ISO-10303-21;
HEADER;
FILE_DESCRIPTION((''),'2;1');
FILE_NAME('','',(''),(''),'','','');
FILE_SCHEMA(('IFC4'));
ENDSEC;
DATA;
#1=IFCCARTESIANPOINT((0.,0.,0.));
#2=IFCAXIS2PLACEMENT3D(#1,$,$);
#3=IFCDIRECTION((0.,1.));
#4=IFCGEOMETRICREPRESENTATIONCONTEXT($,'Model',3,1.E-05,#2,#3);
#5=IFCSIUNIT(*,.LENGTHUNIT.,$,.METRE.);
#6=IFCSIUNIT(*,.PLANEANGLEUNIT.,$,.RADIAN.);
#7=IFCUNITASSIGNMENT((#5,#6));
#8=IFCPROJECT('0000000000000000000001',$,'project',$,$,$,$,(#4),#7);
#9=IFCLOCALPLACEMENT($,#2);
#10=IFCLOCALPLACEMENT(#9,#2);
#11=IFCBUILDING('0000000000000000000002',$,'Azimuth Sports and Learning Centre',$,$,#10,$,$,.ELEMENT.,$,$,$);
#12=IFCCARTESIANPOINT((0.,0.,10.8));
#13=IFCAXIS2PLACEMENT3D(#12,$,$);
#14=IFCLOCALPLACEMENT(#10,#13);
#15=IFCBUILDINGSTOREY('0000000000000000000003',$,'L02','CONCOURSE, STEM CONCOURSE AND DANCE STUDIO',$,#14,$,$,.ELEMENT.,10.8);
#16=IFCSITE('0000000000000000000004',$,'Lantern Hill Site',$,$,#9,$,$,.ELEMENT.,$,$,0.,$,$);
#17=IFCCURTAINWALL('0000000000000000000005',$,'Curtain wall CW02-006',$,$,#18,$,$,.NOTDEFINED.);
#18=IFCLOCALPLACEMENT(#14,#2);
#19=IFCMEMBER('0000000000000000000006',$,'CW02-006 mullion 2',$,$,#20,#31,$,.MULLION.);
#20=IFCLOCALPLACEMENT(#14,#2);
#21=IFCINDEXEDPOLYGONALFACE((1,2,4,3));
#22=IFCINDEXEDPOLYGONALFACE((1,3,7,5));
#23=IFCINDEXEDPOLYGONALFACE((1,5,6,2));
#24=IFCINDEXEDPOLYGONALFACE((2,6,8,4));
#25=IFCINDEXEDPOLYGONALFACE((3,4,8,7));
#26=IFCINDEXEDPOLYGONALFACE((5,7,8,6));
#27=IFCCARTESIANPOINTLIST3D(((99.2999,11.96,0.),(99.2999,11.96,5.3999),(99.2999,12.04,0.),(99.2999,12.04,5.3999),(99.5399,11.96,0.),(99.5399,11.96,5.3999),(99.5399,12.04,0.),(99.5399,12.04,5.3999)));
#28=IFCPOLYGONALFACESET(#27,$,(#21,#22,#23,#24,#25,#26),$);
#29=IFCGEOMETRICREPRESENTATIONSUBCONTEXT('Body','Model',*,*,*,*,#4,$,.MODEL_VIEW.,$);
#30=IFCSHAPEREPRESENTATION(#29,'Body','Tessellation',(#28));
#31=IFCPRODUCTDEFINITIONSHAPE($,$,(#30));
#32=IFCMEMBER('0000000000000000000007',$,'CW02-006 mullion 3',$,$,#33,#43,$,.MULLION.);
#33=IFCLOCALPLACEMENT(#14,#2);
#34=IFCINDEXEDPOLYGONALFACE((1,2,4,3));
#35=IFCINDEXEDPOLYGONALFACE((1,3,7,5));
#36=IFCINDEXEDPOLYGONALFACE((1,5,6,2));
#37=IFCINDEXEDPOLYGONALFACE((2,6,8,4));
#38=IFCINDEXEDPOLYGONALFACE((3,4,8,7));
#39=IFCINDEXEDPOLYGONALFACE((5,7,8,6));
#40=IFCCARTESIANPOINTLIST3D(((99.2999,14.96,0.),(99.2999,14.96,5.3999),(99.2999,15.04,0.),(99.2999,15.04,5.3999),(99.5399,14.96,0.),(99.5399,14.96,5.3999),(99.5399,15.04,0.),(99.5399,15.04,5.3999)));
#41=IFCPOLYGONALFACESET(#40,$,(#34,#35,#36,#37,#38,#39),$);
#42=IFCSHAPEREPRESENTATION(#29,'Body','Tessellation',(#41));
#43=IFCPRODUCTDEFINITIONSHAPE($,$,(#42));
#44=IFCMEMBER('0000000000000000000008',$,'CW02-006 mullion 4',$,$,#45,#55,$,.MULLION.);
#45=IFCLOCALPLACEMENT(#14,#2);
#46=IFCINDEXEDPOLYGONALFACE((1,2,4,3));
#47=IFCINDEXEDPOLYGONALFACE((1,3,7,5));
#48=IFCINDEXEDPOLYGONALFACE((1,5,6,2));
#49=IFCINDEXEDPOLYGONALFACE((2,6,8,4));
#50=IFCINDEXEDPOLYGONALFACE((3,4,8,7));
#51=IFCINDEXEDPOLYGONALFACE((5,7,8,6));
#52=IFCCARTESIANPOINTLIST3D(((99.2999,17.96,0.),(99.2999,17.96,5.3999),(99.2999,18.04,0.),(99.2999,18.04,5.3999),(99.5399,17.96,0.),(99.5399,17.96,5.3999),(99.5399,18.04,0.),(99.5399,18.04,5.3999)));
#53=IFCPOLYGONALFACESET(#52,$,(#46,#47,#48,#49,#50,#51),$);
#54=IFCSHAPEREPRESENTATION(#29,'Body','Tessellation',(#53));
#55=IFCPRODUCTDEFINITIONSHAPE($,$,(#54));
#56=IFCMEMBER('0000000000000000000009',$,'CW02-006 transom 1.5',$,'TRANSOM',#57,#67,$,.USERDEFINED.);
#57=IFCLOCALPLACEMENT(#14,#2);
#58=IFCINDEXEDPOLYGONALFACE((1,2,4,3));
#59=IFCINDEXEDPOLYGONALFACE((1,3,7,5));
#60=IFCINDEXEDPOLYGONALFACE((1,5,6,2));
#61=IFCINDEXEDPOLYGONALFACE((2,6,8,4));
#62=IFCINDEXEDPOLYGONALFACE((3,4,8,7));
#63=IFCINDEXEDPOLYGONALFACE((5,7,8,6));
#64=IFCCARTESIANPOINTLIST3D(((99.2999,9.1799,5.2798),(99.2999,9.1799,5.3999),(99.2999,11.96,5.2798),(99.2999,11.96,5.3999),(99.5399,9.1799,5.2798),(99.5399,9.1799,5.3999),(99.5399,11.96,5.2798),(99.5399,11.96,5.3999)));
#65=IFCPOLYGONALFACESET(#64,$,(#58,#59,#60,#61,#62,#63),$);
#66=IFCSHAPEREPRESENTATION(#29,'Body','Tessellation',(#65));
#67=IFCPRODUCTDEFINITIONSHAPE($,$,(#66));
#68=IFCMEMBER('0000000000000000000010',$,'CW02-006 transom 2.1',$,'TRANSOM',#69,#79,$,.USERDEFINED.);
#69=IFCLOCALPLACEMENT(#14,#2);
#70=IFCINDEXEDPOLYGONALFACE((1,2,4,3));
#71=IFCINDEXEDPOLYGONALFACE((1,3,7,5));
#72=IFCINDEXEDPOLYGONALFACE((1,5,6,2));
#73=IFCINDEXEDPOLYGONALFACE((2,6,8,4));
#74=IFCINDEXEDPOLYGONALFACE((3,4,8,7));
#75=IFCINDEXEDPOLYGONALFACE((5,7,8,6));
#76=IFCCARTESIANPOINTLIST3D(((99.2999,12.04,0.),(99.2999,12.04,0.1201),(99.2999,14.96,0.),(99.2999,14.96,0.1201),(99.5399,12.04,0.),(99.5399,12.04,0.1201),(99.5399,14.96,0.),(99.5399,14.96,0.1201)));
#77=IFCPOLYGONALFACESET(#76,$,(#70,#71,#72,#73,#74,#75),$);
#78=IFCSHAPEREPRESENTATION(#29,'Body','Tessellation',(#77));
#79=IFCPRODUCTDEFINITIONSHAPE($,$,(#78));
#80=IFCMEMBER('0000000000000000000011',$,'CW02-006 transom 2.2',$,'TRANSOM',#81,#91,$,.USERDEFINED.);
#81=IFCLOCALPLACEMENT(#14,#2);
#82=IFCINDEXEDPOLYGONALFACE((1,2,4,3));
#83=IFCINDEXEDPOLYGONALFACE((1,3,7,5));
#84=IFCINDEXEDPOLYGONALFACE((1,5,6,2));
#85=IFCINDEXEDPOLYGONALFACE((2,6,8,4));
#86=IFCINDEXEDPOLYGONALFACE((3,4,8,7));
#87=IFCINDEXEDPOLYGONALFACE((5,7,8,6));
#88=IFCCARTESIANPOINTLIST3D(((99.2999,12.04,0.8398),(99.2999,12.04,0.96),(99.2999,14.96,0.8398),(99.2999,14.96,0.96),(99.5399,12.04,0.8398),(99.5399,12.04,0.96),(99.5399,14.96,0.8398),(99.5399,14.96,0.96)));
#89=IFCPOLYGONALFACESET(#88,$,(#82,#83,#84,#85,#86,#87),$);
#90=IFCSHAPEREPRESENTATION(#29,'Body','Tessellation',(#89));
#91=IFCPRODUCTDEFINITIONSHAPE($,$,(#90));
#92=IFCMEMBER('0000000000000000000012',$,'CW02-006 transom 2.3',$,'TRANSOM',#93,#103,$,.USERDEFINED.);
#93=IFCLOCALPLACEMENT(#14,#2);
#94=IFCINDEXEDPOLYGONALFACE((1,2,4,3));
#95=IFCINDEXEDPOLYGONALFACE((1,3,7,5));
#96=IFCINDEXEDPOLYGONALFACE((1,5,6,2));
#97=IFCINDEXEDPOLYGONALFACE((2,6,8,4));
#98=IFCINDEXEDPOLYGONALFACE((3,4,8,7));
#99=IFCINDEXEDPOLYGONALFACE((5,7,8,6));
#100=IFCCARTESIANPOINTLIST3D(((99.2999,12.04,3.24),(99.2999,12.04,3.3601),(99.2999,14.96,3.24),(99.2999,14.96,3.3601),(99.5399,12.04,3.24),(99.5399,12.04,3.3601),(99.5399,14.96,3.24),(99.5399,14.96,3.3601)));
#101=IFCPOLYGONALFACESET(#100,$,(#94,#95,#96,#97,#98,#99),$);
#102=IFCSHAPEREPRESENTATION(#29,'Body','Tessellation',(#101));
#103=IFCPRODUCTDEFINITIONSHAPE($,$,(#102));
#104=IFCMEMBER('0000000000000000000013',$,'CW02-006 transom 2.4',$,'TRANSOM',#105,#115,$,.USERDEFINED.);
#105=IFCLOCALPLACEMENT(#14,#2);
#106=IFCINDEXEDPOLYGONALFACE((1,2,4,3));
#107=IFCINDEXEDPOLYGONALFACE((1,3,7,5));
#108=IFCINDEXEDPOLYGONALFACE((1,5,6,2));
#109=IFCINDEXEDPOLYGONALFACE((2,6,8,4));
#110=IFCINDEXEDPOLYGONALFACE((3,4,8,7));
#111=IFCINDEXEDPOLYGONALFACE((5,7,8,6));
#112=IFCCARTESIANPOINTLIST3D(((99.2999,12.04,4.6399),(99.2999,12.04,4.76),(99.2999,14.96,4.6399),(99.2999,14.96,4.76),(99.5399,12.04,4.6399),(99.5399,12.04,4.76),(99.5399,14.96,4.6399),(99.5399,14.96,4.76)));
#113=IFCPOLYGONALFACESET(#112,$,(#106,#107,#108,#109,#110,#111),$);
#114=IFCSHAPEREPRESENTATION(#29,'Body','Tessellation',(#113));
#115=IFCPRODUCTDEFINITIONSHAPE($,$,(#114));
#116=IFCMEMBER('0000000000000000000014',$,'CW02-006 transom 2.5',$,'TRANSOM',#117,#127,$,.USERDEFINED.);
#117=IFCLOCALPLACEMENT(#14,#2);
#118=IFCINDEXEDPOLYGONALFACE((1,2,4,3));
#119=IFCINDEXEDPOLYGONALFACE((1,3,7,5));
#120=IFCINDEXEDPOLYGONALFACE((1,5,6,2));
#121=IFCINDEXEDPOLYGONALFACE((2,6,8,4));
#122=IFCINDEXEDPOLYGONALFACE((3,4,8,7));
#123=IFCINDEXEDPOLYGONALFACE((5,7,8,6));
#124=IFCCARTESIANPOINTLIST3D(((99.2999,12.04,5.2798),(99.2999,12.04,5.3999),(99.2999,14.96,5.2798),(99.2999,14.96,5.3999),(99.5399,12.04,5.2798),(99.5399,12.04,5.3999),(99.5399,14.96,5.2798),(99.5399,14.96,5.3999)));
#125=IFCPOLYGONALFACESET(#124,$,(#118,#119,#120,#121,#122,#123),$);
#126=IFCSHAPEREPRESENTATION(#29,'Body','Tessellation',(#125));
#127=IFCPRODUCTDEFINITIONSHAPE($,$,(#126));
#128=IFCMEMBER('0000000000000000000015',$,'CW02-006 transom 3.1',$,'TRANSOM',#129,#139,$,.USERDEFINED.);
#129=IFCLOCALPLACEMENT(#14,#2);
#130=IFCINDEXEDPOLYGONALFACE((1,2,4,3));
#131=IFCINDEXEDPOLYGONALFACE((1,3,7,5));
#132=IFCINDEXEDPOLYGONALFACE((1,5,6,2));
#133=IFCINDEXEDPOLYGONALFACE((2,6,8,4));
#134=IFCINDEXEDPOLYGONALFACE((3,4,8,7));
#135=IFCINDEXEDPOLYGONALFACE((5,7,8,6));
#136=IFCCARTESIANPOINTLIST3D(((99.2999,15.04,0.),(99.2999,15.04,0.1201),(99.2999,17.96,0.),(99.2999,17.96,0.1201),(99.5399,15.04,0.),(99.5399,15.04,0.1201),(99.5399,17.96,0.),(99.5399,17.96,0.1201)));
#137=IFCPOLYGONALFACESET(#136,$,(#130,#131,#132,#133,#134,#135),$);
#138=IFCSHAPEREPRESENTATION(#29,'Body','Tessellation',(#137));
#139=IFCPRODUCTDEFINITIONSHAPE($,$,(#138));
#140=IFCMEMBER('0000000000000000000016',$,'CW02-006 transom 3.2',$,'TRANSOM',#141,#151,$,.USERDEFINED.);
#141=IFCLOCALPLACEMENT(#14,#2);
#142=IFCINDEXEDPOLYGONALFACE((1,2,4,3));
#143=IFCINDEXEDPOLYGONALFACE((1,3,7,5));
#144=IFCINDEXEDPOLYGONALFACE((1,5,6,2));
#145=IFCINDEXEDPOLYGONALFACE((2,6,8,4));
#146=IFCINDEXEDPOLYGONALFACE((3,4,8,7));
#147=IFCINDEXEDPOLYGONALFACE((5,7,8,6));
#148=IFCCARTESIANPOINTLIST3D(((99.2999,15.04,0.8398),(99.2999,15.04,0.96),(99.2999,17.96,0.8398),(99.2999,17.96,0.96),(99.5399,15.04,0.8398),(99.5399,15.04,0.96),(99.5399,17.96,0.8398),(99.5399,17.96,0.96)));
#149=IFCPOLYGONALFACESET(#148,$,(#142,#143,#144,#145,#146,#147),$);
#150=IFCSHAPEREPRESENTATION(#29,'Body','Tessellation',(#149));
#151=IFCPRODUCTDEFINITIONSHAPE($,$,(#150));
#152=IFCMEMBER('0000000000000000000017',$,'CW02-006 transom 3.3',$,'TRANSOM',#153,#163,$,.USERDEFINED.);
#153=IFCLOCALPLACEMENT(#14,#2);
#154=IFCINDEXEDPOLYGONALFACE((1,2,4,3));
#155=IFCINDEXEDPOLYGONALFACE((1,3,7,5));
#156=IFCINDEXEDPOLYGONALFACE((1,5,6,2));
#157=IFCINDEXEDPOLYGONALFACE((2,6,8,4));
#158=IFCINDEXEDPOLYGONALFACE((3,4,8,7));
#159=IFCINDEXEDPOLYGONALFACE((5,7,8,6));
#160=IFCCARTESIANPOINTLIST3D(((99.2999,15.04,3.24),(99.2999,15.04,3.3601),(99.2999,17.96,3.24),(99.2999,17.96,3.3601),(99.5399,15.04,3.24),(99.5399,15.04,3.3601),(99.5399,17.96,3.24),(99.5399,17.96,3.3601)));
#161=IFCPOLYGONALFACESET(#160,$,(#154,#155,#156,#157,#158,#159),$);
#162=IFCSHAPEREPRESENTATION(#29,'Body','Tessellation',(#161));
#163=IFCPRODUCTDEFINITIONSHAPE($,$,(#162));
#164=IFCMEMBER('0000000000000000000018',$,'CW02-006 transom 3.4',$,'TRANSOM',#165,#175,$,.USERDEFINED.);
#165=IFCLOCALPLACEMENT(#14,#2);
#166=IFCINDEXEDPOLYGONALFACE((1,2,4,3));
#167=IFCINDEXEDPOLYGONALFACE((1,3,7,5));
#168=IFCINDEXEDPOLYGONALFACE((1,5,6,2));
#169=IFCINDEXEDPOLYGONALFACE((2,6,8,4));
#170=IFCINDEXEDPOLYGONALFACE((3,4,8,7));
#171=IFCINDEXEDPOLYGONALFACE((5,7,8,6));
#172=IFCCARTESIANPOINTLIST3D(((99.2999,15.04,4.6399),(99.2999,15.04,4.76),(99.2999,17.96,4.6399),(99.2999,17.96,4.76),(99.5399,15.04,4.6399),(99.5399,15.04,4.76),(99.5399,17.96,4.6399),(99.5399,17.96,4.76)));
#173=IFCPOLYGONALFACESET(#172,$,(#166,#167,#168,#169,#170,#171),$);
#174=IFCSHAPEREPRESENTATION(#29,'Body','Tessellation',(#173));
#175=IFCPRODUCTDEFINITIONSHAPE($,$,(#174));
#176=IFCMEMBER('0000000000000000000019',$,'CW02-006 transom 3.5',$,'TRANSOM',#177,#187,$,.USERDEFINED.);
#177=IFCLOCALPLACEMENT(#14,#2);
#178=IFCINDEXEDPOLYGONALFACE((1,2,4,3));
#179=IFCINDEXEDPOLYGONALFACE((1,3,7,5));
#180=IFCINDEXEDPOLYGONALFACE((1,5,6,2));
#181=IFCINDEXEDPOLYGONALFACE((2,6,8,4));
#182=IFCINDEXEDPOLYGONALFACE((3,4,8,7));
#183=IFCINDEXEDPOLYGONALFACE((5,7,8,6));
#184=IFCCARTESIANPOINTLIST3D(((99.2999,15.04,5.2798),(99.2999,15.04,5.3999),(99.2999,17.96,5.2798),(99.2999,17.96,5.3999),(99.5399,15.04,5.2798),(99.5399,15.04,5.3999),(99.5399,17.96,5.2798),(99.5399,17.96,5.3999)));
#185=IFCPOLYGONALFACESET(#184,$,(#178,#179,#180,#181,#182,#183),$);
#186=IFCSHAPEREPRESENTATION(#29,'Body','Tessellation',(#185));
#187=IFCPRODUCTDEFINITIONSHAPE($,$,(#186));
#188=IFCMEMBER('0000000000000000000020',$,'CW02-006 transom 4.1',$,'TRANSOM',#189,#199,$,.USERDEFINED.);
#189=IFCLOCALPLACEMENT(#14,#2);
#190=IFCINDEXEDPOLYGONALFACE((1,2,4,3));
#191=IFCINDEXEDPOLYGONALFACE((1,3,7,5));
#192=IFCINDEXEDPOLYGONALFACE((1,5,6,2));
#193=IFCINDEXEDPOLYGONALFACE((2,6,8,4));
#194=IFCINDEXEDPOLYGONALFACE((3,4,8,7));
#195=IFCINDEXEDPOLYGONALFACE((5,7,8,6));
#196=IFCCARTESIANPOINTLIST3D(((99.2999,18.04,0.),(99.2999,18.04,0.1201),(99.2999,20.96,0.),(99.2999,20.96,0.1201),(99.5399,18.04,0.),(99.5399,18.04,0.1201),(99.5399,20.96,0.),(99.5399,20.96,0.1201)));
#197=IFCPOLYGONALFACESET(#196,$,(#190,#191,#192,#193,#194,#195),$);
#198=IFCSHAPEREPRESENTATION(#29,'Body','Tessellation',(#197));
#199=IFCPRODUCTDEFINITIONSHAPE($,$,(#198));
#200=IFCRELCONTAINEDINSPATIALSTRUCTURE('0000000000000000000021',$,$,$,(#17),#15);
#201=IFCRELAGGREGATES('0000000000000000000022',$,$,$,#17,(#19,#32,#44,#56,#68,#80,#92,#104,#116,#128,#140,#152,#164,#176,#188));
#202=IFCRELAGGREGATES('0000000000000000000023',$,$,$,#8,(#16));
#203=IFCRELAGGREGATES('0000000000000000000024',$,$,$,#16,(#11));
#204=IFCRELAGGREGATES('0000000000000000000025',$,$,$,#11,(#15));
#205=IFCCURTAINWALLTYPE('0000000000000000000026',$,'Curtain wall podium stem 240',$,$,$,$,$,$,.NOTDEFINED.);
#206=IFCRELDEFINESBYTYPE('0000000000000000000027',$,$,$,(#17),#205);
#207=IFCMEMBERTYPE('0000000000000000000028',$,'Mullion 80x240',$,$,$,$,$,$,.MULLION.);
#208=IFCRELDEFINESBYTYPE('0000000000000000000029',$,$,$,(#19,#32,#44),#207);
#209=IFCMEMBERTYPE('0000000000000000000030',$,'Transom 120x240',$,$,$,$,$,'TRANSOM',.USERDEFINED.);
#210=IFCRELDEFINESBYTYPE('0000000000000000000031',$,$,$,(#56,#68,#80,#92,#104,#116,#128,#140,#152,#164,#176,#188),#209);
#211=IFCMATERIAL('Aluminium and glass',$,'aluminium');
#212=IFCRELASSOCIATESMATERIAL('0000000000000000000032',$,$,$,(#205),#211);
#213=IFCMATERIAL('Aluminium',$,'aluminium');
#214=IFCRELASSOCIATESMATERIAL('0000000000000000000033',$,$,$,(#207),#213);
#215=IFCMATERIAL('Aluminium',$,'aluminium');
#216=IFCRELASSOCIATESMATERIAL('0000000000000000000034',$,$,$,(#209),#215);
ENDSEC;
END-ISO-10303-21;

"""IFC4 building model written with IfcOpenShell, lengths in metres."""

from ifc_helpers import new_model, si_unit, direction, frame, origin, origin_2d, place, context, subcontext, project, spatial, rectangle, extrude, material, material_profile, profile_set, type_object, element, aggregate, save


model = new_model("IFC4")

# Units and contexts
model_context = context("Model", 3, precision=1e-05, world=origin(), true_north=direction((0.0, 1.0)))
body_context = subcontext(model_context, "Body", "Model", "MODEL_VIEW")
ifc_project = project(units=[si_unit("LENGTHUNIT", "METRE"), si_unit("PLANEANGLEUNIT", "RADIAN")], contexts=[model_context])

# Site, building, storey
site_placement = place(None, origin())
site = spatial("IfcSite", under=ifc_project, at=site_placement, Name="Lantern Hill Site", CompositionType="ELEMENT", RefElevation=0.0)
building_placement = place(site_placement, origin())
building = spatial("IfcBuilding", under=site, at=building_placement, Name="Azimuth Sports and Learning Centre", CompositionType="ELEMENT")
storey_placement = place(building_placement, frame((0.0, 0.0, 10.8)))
storey = spatial("IfcBuildingStorey", under=building, at=storey_placement, Name="L02", Description="CONCOURSE, STEM CONCOURSE AND DANCE STUDIO", CompositionType="ELEMENT", Elevation=10.8)

# Curtain wall, members
ifc_material_1 = material(Name="Aluminium and glass", Category="aluminium")
curtain_wall_type = type_object("IfcCurtainWallType", Name="Curtain wall podium stem 240", PredefinedType="NOTDEFINED", material=ifc_material_1)
curtain_wall_placement = place(storey_placement, origin())
curtain_wall = element("IfcCurtainWall", 1, at=curtain_wall_placement, inside=storey, type_object=curtain_wall_type, Name="Curtain wall CW02-006", PredefinedType="NOTDEFINED")
ifc_material_2 = material(Name="Aluminium", Category="aluminium")
ifc_material_profile_1 = material_profile(ifc_material_2, rectangle(XDim=0.24, YDim=0.0801, at=origin_2d()), Name="Mullion 80x240")
ifc_profile_set_1 = profile_set([ifc_material_profile_1], Name="Aluminium")
member_type_1 = type_object("IfcMemberType", Name="Mullion 80x240", PredefinedType="MULLION", material=ifc_profile_set_1)
member_1_placement = place(storey_placement, frame((99.4199, 12.0, 0.0), z_axis=(0.0, 0.0, 1.0), x_axis=(-1.0, 0.0, 0.0)))
member_1 = element("IfcMember", 2, at=member_1_placement, type_object=member_type_1, Name="CW02-006 mullion 2", PredefinedType="MULLION", context=body_context, shape_type="SweptSolid", body=[
    extrude(rectangle(XDim=0.24, YDim=0.0801, at=origin_2d()), origin(), (0.0, 0.0, 1.0), 5.3999),
])
member_2_placement = place(storey_placement, frame((99.4199, 15.0, 0.0), z_axis=(0.0, 0.0, 1.0), x_axis=(-1.0, 0.0, 0.0)))
member_2 = element("IfcMember", 3, at=member_2_placement, type_object=member_type_1, Name="CW02-006 mullion 3", PredefinedType="MULLION", context=body_context, shape_type="SweptSolid", body=[
    extrude(rectangle(XDim=0.24, YDim=0.0801, at=origin_2d()), origin(), (0.0, 0.0, 1.0), 5.3999),
])
member_3_placement = place(storey_placement, frame((99.4199, 18.0, 0.0), z_axis=(0.0, 0.0, 1.0), x_axis=(-1.0, 0.0, 0.0)))
member_3 = element("IfcMember", 4, at=member_3_placement, type_object=member_type_1, Name="CW02-006 mullion 4", PredefinedType="MULLION", context=body_context, shape_type="SweptSolid", body=[
    extrude(rectangle(XDim=0.24, YDim=0.0801, at=origin_2d()), origin(), (0.0, 0.0, 1.0), 5.3999),
])
ifc_material_3 = material(Name="Aluminium", Category="aluminium")
ifc_material_profile_2 = material_profile(ifc_material_3, rectangle(XDim=0.24, YDim=0.1201, at=origin_2d()), Name="Transom 120x240")
ifc_profile_set_2 = profile_set([ifc_material_profile_2], Name="Aluminium")
member_type_2 = type_object("IfcMemberType", Name="Transom 120x240", ElementType="TRANSOM", PredefinedType="USERDEFINED", material=ifc_profile_set_2)
member_4_placement = place(storey_placement, frame((99.4199, 9.1799, 5.3398), z_axis=(0.0, 1.0, 0.0), x_axis=(-1.0, 0.0, 0.0)))
member_4 = element("IfcMember", 5, at=member_4_placement, type_object=member_type_2, Name="CW02-006 transom 1.5", ObjectType="TRANSOM", PredefinedType="USERDEFINED", context=body_context, shape_type="SweptSolid", body=[
    extrude(rectangle(XDim=0.24, YDim=0.1201, at=origin_2d()), origin(), (0.0, 0.0, 1.0), 2.78),
])
member_5_placement = place(storey_placement, frame((99.4199, 12.04, 0.0601), z_axis=(0.0, 1.0, 0.0), x_axis=(-1.0, 0.0, 0.0)))
member_5 = element("IfcMember", 6, at=member_5_placement, type_object=member_type_2, Name="CW02-006 transom 2.1", ObjectType="TRANSOM", PredefinedType="USERDEFINED", context=body_context, shape_type="SweptSolid", body=[
    extrude(rectangle(XDim=0.24, YDim=0.1201, at=origin_2d()), origin(), (0.0, 0.0, 1.0), 2.9199),
])
member_6_placement = place(storey_placement, frame((99.4199, 12.04, 0.8999), z_axis=(0.0, 1.0, 0.0), x_axis=(-1.0, 0.0, 0.0)))
member_6 = element("IfcMember", 7, at=member_6_placement, type_object=member_type_2, Name="CW02-006 transom 2.2", ObjectType="TRANSOM", PredefinedType="USERDEFINED", context=body_context, shape_type="SweptSolid", body=[
    extrude(rectangle(XDim=0.24, YDim=0.1201, at=origin_2d()), origin(), (0.0, 0.0, 1.0), 2.9199),
])
member_7_placement = place(storey_placement, frame((99.4199, 12.04, 3.3), z_axis=(0.0, 1.0, 0.0), x_axis=(-1.0, 0.0, 0.0)))
member_7 = element("IfcMember", 8, at=member_7_placement, type_object=member_type_2, Name="CW02-006 transom 2.3", ObjectType="TRANSOM", PredefinedType="USERDEFINED", context=body_context, shape_type="SweptSolid", body=[
    extrude(rectangle(XDim=0.24, YDim=0.1201, at=origin_2d()), origin(), (0.0, 0.0, 1.0), 2.9199),
])
member_8_placement = place(storey_placement, frame((99.4199, 12.04, 4.7), z_axis=(0.0, 1.0, 0.0), x_axis=(-1.0, 0.0, 0.0)))
member_8 = element("IfcMember", 9, at=member_8_placement, type_object=member_type_2, Name="CW02-006 transom 2.4", ObjectType="TRANSOM", PredefinedType="USERDEFINED", context=body_context, shape_type="SweptSolid", body=[
    extrude(rectangle(XDim=0.24, YDim=0.1201, at=origin_2d()), origin(), (0.0, 0.0, 1.0), 2.9199),
])
member_9_placement = place(storey_placement, frame((99.4199, 12.04, 5.3398), z_axis=(0.0, 1.0, 0.0), x_axis=(-1.0, 0.0, 0.0)))
member_9 = element("IfcMember", 10, at=member_9_placement, type_object=member_type_2, Name="CW02-006 transom 2.5", ObjectType="TRANSOM", PredefinedType="USERDEFINED", context=body_context, shape_type="SweptSolid", body=[
    extrude(rectangle(XDim=0.24, YDim=0.1201, at=origin_2d()), origin(), (0.0, 0.0, 1.0), 2.9199),
])
member_10_placement = place(storey_placement, frame((99.4199, 15.04, 0.0601), z_axis=(0.0, 1.0, 0.0), x_axis=(-1.0, 0.0, 0.0)))
member_10 = element("IfcMember", 11, at=member_10_placement, type_object=member_type_2, Name="CW02-006 transom 3.1", ObjectType="TRANSOM", PredefinedType="USERDEFINED", context=body_context, shape_type="SweptSolid", body=[
    extrude(rectangle(XDim=0.24, YDim=0.1201, at=origin_2d()), origin(), (0.0, 0.0, 1.0), 2.9199),
])
member_11_placement = place(storey_placement, frame((99.4199, 15.04, 0.8999), z_axis=(0.0, 1.0, 0.0), x_axis=(-1.0, 0.0, 0.0)))
member_11 = element("IfcMember", 12, at=member_11_placement, type_object=member_type_2, Name="CW02-006 transom 3.2", ObjectType="TRANSOM", PredefinedType="USERDEFINED", context=body_context, shape_type="SweptSolid", body=[
    extrude(rectangle(XDim=0.24, YDim=0.1201, at=origin_2d()), origin(), (0.0, 0.0, 1.0), 2.9199),
])
member_12_placement = place(storey_placement, frame((99.4199, 15.04, 3.3), z_axis=(0.0, 1.0, 0.0), x_axis=(-1.0, 0.0, 0.0)))
member_12 = element("IfcMember", 13, at=member_12_placement, type_object=member_type_2, Name="CW02-006 transom 3.3", ObjectType="TRANSOM", PredefinedType="USERDEFINED", context=body_context, shape_type="SweptSolid", body=[
    extrude(rectangle(XDim=0.24, YDim=0.1201, at=origin_2d()), origin(), (0.0, 0.0, 1.0), 2.9199),
])
member_13_placement = place(storey_placement, frame((99.4199, 15.04, 4.7), z_axis=(0.0, 1.0, 0.0), x_axis=(-1.0, 0.0, 0.0)))
member_13 = element("IfcMember", 14, at=member_13_placement, type_object=member_type_2, Name="CW02-006 transom 3.4", ObjectType="TRANSOM", PredefinedType="USERDEFINED", context=body_context, shape_type="SweptSolid", body=[
    extrude(rectangle(XDim=0.24, YDim=0.1201, at=origin_2d()), origin(), (0.0, 0.0, 1.0), 2.9199),
])
member_14_placement = place(storey_placement, frame((99.4199, 15.04, 5.3398), z_axis=(0.0, 1.0, 0.0), x_axis=(-1.0, 0.0, 0.0)))
member_14 = element("IfcMember", 15, at=member_14_placement, type_object=member_type_2, Name="CW02-006 transom 3.5", ObjectType="TRANSOM", PredefinedType="USERDEFINED", context=body_context, shape_type="SweptSolid", body=[
    extrude(rectangle(XDim=0.24, YDim=0.1201, at=origin_2d()), origin(), (0.0, 0.0, 1.0), 2.9199),
])
member_15_placement = place(storey_placement, frame((99.4199, 18.04, 0.0601), z_axis=(0.0, 1.0, 0.0), x_axis=(-1.0, 0.0, 0.0)))
member_15 = element("IfcMember", 16, at=member_15_placement, type_object=member_type_2, Name="CW02-006 transom 4.1", ObjectType="TRANSOM", PredefinedType="USERDEFINED", context=body_context, shape_type="SweptSolid", body=[
    extrude(rectangle(XDim=0.24, YDim=0.1201, at=origin_2d()), origin(), (0.0, 0.0, 1.0), 2.9199),
])
aggregate(curtain_wall, [member_1, member_2, member_3, member_4, member_5, member_6, member_7, member_8, member_9, member_10, member_11, member_12, member_13, member_14, member_15])

save(model, "model.ifc")
